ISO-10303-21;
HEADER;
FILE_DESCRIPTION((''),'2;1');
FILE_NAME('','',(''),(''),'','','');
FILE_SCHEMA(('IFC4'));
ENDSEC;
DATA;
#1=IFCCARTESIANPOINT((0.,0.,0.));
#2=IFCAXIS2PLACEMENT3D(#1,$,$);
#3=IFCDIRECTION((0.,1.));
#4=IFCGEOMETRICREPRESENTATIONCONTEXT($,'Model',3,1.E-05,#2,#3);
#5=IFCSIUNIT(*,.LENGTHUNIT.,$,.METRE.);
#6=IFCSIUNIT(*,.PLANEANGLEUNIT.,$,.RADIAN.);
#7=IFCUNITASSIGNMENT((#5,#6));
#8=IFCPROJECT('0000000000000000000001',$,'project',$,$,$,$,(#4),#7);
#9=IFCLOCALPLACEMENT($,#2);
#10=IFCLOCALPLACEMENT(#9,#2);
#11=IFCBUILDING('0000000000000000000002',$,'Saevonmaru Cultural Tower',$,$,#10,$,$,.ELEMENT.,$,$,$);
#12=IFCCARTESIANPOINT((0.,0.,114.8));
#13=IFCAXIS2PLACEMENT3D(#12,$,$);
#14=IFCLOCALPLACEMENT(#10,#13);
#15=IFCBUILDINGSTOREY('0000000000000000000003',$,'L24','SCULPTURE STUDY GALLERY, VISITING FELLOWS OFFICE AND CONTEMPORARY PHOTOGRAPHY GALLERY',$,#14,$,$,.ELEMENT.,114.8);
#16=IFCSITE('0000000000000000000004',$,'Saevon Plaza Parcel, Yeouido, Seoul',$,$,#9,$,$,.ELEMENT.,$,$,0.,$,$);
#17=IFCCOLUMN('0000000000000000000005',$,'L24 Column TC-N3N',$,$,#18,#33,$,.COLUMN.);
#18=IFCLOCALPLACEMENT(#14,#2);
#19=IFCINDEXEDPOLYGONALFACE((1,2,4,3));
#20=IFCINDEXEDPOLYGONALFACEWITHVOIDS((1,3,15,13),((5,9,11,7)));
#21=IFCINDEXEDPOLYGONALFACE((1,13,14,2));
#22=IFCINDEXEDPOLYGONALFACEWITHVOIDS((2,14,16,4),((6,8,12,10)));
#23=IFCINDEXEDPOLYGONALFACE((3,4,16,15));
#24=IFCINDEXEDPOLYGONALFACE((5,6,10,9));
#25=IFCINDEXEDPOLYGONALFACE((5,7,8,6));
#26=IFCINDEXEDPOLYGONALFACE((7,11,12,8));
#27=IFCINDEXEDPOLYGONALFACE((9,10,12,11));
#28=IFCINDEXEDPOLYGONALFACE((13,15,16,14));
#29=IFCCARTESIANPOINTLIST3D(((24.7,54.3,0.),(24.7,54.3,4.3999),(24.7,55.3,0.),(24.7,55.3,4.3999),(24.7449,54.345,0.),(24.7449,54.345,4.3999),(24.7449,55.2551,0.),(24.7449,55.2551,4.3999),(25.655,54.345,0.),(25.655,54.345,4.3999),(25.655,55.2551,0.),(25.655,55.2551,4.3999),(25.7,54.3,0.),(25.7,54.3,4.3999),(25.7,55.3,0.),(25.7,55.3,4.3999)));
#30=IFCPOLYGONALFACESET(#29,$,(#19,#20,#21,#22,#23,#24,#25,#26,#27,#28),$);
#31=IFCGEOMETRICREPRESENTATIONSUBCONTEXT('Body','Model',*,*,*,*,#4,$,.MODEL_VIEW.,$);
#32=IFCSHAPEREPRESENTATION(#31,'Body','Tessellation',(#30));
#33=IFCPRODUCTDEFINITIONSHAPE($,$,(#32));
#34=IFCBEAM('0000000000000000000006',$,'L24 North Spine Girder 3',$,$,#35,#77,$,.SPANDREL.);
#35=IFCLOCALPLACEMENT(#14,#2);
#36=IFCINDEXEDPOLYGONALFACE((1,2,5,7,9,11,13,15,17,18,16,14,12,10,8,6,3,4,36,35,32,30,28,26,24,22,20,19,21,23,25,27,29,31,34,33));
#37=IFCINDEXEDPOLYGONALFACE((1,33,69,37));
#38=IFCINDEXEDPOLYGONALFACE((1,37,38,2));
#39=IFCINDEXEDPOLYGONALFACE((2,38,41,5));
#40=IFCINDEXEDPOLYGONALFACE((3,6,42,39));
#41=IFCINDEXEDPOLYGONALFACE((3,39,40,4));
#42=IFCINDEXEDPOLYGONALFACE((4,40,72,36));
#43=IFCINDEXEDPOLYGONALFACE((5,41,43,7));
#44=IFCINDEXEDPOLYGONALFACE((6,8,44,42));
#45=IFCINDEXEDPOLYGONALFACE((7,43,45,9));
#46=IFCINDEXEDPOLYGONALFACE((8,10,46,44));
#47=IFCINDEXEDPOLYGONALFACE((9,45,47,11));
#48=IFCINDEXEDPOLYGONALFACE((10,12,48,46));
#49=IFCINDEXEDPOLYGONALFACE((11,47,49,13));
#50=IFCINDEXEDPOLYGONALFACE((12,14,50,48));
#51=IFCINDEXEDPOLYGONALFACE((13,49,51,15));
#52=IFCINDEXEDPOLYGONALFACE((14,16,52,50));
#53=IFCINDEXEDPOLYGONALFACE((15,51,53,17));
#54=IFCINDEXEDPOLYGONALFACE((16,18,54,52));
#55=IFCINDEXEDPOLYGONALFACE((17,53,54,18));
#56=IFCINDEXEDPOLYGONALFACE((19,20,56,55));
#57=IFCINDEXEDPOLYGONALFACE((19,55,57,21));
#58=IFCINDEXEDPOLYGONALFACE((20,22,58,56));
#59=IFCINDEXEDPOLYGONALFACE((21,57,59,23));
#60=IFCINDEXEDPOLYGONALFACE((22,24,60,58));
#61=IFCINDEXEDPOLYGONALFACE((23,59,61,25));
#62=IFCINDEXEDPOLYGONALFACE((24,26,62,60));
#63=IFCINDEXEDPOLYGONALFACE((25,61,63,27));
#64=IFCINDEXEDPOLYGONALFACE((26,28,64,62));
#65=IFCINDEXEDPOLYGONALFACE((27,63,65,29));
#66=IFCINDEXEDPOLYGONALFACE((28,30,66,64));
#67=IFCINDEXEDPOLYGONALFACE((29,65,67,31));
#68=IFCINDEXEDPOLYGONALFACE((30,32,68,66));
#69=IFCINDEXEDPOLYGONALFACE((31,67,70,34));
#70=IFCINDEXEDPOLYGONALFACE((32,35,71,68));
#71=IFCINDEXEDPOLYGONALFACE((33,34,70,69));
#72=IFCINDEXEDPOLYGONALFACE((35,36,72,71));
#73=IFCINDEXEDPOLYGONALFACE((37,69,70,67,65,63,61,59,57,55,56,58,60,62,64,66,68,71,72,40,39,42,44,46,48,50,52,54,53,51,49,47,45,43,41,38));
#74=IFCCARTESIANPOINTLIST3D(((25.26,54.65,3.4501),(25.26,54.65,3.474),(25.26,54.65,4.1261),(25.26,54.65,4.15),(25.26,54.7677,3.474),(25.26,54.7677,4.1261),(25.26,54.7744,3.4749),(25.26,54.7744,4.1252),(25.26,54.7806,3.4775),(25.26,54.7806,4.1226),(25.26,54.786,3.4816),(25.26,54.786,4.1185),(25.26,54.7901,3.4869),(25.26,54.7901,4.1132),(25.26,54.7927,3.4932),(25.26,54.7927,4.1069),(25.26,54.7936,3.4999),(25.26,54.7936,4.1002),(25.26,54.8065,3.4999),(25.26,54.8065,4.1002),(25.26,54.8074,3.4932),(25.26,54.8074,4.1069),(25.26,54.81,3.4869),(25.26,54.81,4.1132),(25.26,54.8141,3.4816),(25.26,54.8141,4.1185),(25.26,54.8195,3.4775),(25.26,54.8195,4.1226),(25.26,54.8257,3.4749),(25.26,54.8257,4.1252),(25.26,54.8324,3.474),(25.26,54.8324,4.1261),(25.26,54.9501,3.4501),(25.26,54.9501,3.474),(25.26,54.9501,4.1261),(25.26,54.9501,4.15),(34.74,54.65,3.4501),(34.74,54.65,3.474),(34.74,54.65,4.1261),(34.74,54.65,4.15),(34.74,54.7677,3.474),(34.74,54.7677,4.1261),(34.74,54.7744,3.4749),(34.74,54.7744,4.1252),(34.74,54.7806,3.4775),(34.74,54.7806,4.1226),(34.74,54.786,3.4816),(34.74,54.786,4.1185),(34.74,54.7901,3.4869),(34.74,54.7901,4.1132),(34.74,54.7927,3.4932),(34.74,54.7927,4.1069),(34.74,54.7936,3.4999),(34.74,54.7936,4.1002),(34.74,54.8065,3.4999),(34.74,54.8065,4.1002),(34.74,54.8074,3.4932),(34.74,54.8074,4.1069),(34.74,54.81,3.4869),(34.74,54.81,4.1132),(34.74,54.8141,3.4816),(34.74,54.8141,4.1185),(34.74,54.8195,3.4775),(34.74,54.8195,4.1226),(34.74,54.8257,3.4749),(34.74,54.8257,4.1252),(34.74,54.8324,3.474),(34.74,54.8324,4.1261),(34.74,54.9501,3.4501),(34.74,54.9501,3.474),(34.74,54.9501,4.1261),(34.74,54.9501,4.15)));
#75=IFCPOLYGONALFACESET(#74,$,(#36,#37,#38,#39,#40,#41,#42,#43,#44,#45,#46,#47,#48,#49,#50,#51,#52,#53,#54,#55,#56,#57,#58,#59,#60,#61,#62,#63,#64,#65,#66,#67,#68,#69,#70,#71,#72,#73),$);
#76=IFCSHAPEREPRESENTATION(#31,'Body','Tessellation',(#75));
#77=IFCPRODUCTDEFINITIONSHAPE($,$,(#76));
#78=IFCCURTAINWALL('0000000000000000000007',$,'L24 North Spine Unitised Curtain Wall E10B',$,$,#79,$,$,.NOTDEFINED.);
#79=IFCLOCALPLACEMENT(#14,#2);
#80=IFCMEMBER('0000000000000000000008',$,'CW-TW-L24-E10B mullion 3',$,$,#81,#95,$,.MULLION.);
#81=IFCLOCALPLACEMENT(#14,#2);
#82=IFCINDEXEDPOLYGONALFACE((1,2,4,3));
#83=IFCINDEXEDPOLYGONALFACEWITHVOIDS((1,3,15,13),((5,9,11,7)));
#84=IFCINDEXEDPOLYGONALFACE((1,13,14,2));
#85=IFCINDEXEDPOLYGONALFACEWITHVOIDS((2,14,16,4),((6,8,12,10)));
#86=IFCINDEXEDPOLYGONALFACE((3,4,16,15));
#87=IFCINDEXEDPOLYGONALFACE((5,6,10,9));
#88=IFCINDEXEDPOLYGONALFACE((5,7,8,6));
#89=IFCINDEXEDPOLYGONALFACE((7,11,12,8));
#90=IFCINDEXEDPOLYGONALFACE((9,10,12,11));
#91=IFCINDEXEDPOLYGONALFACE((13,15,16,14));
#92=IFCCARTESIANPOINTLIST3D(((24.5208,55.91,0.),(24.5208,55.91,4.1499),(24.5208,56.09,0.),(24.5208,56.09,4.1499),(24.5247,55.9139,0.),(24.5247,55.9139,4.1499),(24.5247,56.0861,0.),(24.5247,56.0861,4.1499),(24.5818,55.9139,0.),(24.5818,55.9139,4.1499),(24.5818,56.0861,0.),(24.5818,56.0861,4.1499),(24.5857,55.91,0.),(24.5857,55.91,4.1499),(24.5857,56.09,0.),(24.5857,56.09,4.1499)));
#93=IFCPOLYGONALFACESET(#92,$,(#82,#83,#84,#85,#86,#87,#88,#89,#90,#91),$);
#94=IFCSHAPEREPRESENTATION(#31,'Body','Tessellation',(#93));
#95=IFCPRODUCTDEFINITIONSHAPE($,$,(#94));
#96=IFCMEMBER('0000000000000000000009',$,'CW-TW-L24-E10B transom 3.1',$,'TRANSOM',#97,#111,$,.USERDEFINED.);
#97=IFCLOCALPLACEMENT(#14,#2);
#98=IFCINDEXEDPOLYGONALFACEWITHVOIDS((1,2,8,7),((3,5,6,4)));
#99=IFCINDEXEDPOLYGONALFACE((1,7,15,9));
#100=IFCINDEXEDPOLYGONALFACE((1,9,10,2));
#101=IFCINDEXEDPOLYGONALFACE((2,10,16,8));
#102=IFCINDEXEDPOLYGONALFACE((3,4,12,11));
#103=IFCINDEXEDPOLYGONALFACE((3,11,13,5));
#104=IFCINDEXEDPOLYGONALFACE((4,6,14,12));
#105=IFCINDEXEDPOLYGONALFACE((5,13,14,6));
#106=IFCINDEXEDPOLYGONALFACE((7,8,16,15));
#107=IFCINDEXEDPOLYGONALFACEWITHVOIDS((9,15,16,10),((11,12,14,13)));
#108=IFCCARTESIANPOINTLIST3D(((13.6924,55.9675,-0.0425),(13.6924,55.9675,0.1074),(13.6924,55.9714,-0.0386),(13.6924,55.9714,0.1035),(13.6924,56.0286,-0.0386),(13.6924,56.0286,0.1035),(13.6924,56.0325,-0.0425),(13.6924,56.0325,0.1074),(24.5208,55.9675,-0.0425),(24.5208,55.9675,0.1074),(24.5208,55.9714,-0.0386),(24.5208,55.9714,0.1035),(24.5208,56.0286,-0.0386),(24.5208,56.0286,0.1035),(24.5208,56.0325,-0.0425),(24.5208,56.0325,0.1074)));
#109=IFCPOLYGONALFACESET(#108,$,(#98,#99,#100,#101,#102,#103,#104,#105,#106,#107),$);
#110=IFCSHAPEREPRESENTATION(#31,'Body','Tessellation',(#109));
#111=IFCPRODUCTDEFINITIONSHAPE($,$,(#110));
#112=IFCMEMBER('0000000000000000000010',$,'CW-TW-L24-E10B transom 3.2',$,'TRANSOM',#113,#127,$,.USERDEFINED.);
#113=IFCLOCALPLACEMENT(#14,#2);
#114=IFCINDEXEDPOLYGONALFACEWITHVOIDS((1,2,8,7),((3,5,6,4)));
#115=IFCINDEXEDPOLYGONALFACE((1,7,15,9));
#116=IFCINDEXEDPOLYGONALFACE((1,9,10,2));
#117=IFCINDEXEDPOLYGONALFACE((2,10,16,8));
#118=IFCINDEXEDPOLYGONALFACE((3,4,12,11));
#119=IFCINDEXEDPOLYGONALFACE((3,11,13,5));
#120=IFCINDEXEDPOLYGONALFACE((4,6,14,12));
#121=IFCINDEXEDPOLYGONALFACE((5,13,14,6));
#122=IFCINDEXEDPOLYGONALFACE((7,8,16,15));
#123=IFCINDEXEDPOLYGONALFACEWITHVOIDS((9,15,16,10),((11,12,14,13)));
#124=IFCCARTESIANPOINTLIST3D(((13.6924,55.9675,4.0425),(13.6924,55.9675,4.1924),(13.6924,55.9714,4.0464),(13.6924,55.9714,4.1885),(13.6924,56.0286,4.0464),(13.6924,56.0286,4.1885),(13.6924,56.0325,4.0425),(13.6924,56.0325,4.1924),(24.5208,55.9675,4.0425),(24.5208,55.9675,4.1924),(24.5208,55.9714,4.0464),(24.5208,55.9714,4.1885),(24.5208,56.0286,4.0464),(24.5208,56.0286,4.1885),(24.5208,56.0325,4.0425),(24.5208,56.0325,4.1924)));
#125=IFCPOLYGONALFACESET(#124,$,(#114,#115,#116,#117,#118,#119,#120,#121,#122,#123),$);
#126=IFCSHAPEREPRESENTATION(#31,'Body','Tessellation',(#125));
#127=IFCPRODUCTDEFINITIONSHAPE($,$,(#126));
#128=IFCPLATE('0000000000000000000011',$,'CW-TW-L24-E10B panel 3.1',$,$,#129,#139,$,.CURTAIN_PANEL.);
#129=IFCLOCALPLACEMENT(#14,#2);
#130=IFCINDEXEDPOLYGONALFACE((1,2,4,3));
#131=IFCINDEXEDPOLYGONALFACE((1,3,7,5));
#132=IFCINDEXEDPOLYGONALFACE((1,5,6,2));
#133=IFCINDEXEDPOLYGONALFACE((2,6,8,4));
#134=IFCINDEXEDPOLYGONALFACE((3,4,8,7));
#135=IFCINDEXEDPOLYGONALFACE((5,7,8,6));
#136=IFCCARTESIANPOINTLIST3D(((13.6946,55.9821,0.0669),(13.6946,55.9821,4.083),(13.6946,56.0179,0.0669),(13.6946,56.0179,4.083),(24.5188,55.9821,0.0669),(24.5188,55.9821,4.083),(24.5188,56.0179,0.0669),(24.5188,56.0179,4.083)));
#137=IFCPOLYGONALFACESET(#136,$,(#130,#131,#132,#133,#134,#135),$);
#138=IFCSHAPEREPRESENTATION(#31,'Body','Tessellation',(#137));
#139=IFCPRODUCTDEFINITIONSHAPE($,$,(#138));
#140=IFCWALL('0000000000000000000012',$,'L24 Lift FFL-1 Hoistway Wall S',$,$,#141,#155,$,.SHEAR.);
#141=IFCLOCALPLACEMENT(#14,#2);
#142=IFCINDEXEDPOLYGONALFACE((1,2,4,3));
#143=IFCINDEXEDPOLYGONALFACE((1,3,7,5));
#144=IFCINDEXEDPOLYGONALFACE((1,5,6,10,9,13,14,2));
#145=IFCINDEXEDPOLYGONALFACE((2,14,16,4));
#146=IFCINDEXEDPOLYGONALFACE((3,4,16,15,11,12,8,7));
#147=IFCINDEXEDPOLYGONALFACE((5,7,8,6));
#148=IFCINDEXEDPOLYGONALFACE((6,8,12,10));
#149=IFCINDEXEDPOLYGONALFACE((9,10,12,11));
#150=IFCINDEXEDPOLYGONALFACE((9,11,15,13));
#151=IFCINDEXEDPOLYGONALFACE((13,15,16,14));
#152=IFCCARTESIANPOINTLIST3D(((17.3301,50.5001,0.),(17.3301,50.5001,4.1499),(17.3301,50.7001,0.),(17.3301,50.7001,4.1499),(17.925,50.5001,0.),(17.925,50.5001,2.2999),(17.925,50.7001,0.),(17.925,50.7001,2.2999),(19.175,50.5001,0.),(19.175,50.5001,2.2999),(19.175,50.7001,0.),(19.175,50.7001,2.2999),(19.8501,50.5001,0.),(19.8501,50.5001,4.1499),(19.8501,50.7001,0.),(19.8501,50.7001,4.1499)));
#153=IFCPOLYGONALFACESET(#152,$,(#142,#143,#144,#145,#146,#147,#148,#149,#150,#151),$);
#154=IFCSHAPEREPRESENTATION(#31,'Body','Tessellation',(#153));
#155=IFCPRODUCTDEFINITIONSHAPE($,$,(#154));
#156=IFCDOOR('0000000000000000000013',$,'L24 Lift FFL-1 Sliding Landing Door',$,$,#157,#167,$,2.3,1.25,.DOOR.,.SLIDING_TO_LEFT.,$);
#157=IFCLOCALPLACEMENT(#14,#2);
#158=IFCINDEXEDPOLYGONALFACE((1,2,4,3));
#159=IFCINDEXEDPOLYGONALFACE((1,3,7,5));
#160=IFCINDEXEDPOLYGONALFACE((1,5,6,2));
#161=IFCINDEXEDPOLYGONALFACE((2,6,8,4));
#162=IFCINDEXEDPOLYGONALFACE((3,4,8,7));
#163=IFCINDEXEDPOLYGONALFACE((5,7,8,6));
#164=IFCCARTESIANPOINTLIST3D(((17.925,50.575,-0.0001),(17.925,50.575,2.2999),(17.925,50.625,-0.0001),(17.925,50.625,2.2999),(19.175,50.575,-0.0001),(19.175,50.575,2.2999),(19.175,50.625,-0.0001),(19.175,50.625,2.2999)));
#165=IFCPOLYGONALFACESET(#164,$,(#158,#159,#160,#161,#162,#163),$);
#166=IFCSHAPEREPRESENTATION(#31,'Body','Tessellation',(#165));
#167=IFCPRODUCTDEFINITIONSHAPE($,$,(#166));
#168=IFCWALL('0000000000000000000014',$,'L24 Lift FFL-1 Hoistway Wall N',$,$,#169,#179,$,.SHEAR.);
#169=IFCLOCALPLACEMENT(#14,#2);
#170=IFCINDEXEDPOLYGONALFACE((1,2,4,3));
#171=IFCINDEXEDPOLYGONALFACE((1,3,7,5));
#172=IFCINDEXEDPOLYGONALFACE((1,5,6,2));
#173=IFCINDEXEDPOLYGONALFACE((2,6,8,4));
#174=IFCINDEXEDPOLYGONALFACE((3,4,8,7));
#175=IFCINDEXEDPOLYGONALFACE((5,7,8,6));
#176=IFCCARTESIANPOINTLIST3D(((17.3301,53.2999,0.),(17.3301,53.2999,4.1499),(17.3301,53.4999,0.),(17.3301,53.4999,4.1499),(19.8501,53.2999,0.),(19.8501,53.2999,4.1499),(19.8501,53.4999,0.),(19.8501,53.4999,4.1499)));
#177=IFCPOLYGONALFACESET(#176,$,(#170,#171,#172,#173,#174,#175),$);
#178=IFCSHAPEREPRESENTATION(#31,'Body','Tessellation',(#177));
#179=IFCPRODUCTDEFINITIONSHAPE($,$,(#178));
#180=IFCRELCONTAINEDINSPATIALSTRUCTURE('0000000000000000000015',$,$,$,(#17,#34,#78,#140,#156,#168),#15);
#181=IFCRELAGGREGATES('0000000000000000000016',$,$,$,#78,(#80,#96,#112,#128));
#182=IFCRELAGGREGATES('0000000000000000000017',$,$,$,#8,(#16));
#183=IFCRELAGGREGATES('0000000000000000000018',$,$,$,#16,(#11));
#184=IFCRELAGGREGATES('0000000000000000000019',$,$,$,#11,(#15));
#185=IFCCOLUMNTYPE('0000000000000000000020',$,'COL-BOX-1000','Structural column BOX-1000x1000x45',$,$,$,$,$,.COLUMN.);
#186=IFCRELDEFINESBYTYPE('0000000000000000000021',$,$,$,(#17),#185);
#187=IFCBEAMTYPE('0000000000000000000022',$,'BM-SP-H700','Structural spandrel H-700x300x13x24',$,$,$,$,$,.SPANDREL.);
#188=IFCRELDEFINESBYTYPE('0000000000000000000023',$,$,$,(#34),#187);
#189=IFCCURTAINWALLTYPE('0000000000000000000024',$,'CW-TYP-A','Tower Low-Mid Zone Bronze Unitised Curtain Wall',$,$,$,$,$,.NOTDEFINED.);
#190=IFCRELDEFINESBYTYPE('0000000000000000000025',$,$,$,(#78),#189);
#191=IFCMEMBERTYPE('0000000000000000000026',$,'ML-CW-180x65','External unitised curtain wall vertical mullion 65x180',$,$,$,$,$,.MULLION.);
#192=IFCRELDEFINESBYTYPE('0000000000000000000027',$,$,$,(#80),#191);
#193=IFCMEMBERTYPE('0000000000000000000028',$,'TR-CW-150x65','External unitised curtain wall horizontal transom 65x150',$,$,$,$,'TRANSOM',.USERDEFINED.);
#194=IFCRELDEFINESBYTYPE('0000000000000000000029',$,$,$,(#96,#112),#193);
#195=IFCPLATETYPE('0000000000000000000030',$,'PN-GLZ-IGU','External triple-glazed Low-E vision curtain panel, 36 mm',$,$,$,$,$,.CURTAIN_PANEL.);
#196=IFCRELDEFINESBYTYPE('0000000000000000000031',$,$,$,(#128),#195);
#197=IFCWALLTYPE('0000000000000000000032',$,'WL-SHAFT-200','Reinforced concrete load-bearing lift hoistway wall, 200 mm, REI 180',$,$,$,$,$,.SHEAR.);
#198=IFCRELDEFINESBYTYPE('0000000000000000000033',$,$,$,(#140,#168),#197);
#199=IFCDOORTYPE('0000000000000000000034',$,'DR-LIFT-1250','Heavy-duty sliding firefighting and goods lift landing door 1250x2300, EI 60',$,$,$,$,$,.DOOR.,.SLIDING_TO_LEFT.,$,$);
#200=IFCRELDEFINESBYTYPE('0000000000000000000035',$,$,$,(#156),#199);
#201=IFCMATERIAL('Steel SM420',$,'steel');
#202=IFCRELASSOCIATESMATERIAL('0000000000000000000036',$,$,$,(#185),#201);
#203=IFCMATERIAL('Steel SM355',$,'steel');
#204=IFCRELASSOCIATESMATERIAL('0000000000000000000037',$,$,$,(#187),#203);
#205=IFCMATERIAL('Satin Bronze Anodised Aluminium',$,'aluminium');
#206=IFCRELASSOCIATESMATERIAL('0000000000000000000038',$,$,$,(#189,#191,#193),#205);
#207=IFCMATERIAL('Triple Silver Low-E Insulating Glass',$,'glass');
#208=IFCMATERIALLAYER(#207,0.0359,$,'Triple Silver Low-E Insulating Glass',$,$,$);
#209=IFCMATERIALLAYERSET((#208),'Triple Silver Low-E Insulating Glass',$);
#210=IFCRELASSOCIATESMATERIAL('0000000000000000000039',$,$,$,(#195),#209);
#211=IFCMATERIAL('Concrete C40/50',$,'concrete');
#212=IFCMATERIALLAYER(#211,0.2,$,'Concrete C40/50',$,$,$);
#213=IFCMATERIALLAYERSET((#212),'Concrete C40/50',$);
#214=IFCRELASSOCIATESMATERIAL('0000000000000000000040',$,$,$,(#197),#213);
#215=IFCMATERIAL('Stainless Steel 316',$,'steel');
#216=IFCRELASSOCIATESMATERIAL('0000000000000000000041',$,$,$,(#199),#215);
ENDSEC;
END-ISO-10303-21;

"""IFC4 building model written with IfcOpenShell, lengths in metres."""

from ifc_helpers import new_model, si_unit, direction, frame, frame_2d, origin, origin_2d, place, context, subcontext, project, spatial, rectangle, hollow_rectangle, i_section, extrude, material, layer, layer_set, material_profile, profile_set, type_object, element, fill, aggregate, save


model = new_model("IFC4")

# Units and contexts
model_context = context("Model", 3, precision=1e-05, world=origin(), true_north=direction((0.0, 1.0)))
body_context = subcontext(model_context, "Body", "Model", "MODEL_VIEW")
ifc_project = project(units=[si_unit("LENGTHUNIT", "METRE"), si_unit("PLANEANGLEUNIT", "RADIAN")], contexts=[model_context])

# Site, building, storey
site_placement = place(None, origin())
site = spatial("IfcSite", under=ifc_project, at=site_placement, Name="Saevon Plaza Parcel, Yeouido, Seoul", CompositionType="ELEMENT", RefElevation=0.0)
building_placement = place(site_placement, origin())
building = spatial("IfcBuilding", under=site, at=building_placement, Name="Saevonmaru Cultural Tower", CompositionType="ELEMENT")
storey_placement = place(building_placement, frame((0.0, 0.0, 114.8)))
storey = spatial("IfcBuildingStorey", under=building, at=storey_placement, Name="L24", Description="SCULPTURE STUDY GALLERY, VISITING FELLOWS OFFICE AND CONTEMPORARY PHOTOGRAPHY GALLERY", CompositionType="ELEMENT", Elevation=114.8)

# Column
ifc_material_1 = material(Name="Steel SM420", Category="steel")
ifc_material_profile_1 = material_profile(ifc_material_1, hollow_rectangle(XDim=1.0, YDim=1.0, WallThickness=0.0449, at=origin_2d()), Name="BOX-1000x1000x45")
ifc_profile_set_1 = profile_set([ifc_material_profile_1], Name="Steel SM420")
column_type = type_object("IfcColumnType", Name="COL-BOX-1000", Description="Structural column BOX-1000x1000x45", PredefinedType="COLUMN", material=ifc_profile_set_1)
column_placement = place(storey_placement, frame((25.2, 54.8, 0.0), z_axis=(0.0, 0.0, 1.0), x_axis=(1.0, 0.0, 0.0)))
element("IfcColumn", 1, at=column_placement, inside=storey, type_object=column_type, Name="L24 Column TC-N3N", PredefinedType="COLUMN", context=body_context, shape_type="SweptSolid", body=[
    extrude(hollow_rectangle(XDim=1.0, YDim=1.0, WallThickness=0.0449, at=origin_2d()), origin(), (0.0, 0.0, 1.0), 4.3999),
])

# Beam
ifc_material_2 = material(Name="Steel SM355", Category="steel")
ifc_material_profile_2 = material_profile(ifc_material_2, i_section(OverallWidth=0.3, OverallDepth=0.7, WebThickness=0.0129, FlangeThickness=0.0239, FilletRadius=0.0259, at=origin_2d()), Name="H-700x300x13x24")
ifc_profile_set_2 = profile_set([ifc_material_profile_2], Name="Steel SM355")
beam_type = type_object("IfcBeamType", Name="BM-SP-H700", Description="Structural spandrel H-700x300x13x24", PredefinedType="SPANDREL", material=ifc_profile_set_2)
beam_placement = place(storey_placement, frame((25.26, 54.8, 3.8), z_axis=(1.0, 0.0, 0.0), x_axis=(0.0, 1.0, 0.0)))
element("IfcBeam", 2, at=beam_placement, inside=storey, type_object=beam_type, Name="L24 North Spine Girder 3", PredefinedType="SPANDREL", context=body_context, shape_type="SweptSolid", body=[
    extrude(i_section(OverallWidth=0.3, OverallDepth=0.7, WebThickness=0.0129, FlangeThickness=0.0239, FilletRadius=0.0259, at=origin_2d()), origin(), (0.0, 0.0, 1.0), 9.48),
])

# Curtain wall, members, plate
ifc_material_3 = material(Name="Satin Bronze Anodised Aluminium", Category="aluminium")
curtain_wall_type = type_object("IfcCurtainWallType", Name="CW-TYP-A", Description="Tower Low-Mid Zone Bronze Unitised Curtain Wall", PredefinedType="NOTDEFINED", material=ifc_material_3)
curtain_wall_placement = place(storey_placement, origin())
curtain_wall = element("IfcCurtainWall", 3, at=curtain_wall_placement, inside=storey, type_object=curtain_wall_type, Name="L24 North Spine Unitised Curtain Wall E10B", PredefinedType="NOTDEFINED")
ifc_material_profile_3 = material_profile(ifc_material_3, hollow_rectangle(XDim=0.0649, YDim=0.1799, WallThickness=0.0039, at=origin_2d()), Name="ALU-MULL-180x65x4")
ifc_profile_set_3 = profile_set([ifc_material_profile_3], Name="Satin Bronze Anodised Aluminium")
member_type_1 = type_object("IfcMemberType", Name="ML-CW-180x65", Description="External unitised curtain wall vertical mullion 65x180", PredefinedType="MULLION", material=ifc_profile_set_3)
member_1_placement = place(storey_placement, frame((24.5532, 56.0, 0.0), z_axis=(0.0, 0.0, 1.0), x_axis=(-1.0, 0.0, 0.0)))
member_1 = element("IfcMember", 4, at=member_1_placement, type_object=member_type_1, Name="CW-TW-L24-E10B mullion 3", PredefinedType="MULLION", context=body_context, shape_type="SweptSolid", body=[
    extrude(hollow_rectangle(XDim=0.0649, YDim=0.1799, WallThickness=0.0039, at=origin_2d()), origin(), (0.0, 0.0, 1.0), 4.1499),
])
ifc_material_profile_4 = material_profile(ifc_material_3, hollow_rectangle(XDim=0.0649, YDim=0.1499, WallThickness=0.0039, at=origin_2d()), Name="ALU-TRAN-150x65x4")
ifc_profile_set_4 = profile_set([ifc_material_profile_4], Name="Satin Bronze Anodised Aluminium")
member_type_2 = type_object("IfcMemberType", Name="TR-CW-150x65", Description="External unitised curtain wall horizontal transom 65x150", ElementType="TRANSOM", PredefinedType="USERDEFINED", material=ifc_profile_set_4)
member_2_placement = place(storey_placement, frame((24.5208, 56.0, 0.0325), z_axis=(-1.0, 0.0, 0.0), x_axis=(0.0, -1.0, 0.0)))
member_2 = element("IfcMember", 5, at=member_2_placement, type_object=member_type_2, Name="CW-TW-L24-E10B transom 3.1", ObjectType="TRANSOM", PredefinedType="USERDEFINED", context=body_context, shape_type="SweptSolid", body=[
    extrude(hollow_rectangle(XDim=0.0649, YDim=0.1499, WallThickness=0.0039, at=origin_2d()), origin(), (0.0, 0.0, 1.0), 10.8284),
])
member_3_placement = place(storey_placement, frame((24.5208, 56.0, 4.1174), z_axis=(-1.0, 0.0, 0.0), x_axis=(0.0, -1.0, 0.0)))
member_3 = element("IfcMember", 6, at=member_3_placement, type_object=member_type_2, Name="CW-TW-L24-E10B transom 3.2", ObjectType="TRANSOM", PredefinedType="USERDEFINED", context=body_context, shape_type="SweptSolid", body=[
    extrude(hollow_rectangle(XDim=0.0649, YDim=0.1499, WallThickness=0.0039, at=origin_2d()), origin(), (0.0, 0.0, 1.0), 10.8284),
])
ifc_material_4 = material(Name="Triple Silver Low-E Insulating Glass", Category="glass")
ifc_layer_1 = layer(ifc_material_4, 0.0359, Name="Triple Silver Low-E Insulating Glass")
ifc_layer_set_1 = layer_set([ifc_layer_1], Name="Triple Silver Low-E Insulating Glass")
plate_type = type_object("IfcPlateType", Name="PN-GLZ-IGU", Description="External triple-glazed Low-E vision curtain panel, 36 mm", PredefinedType="CURTAIN_PANEL", material=ifc_layer_set_1)
plate_placement = place(storey_placement, frame((19.1067, 56.0, 0.0669), z_axis=(0.0, 0.0, 1.0), x_axis=(-1.0, 0.0, 0.0)))
plate = element("IfcPlate", 7, at=plate_placement, type_object=plate_type, Name="CW-TW-L24-E10B panel 3.1", PredefinedType="CURTAIN_PANEL", context=body_context, shape_type="SweptSolid", body=[
    extrude(rectangle(XDim=10.8242, YDim=0.0359, at=origin_2d()), origin(), (0.0, 0.0, 1.0), 4.0161),
])
aggregate(curtain_wall, [member_1, member_2, member_3, plate])

# Wall, opening, door
ifc_material_5 = material(Name="Concrete C40/50", Category="concrete")
ifc_layer_2 = layer(ifc_material_5, 0.2, Name="Concrete C40/50")
ifc_layer_set_2 = layer_set([ifc_layer_2], Name="Concrete C40/50")
wall_type = type_object("IfcWallType", Name="WL-SHAFT-200", Description="Reinforced concrete load-bearing lift hoistway wall, 200 mm, REI 180", PredefinedType="SHEAR", material=ifc_layer_set_2)
wall_1_placement = place(storey_placement, frame((17.3301, 50.6001, 0.0), z_axis=(0.0, 0.0, 1.0), x_axis=(1.0, 0.0, 0.0)))
wall_1 = element("IfcWall", 8, at=wall_1_placement, inside=storey, type_object=wall_type, Name="L24 Lift FFL-1 Hoistway Wall S", PredefinedType="SHEAR", context=body_context, shape_type="SweptSolid", body=[
    extrude(rectangle(XDim=2.52, YDim=0.2, at=frame_2d((1.26, 0.0))), origin(), (0.0, 0.0, 1.0), 4.1499),
])
opening_1_placement = place(wall_1_placement, frame((0.595, 0.0, 0.0)))
opening_1 = element("IfcOpeningElement", 9, at=opening_1_placement, cuts=wall_1, PredefinedType="OPENING", context=body_context, shape_type="SweptSolid", body=[
    extrude(rectangle(XDim=1.25, YDim=2.3, at=frame_2d((0.625, 1.1499))), frame((0.0, 0.1099, 0.0), z_axis=(0.0, -1.0, 0.0), x_axis=(1.0, 0.0, 0.0)), (0.0, 0.0, 1.0), 0.22),
])
ifc_material_6 = material(Name="Stainless Steel 316", Category="steel")
door_type_1 = type_object("IfcDoorType", Name="DR-LIFT-1250", Description="Heavy-duty sliding firefighting and goods lift landing door 1250x2300, EI 60", OperationType="SLIDING_TO_LEFT", PredefinedType="DOOR", material=ifc_material_6)
door_1_placement = place(opening_1_placement, origin())
door_1 = element("IfcDoor", 10, at=door_1_placement, inside=storey, type_object=door_type_1, Name="L24 Lift FFL-1 Sliding Landing Door", OperationType="SLIDING_TO_LEFT", OverallHeight=2.3, OverallWidth=1.25, PredefinedType="DOOR", context=body_context, shape_type="SweptSolid", body=[
    extrude(rectangle(XDim=1.25, YDim=2.3, at=frame_2d((0.625, 1.1499))), frame((0.0, 0.0249, 0.0), z_axis=(0.0, -1.0, 0.0), x_axis=(1.0, 0.0, 0.0)), (0.0, 0.0, 1.0), 0.05),
])
fill(opening_1, door_1)

# Wall
wall_2_placement = place(storey_placement, frame((17.3301, 53.3999, 0.0), z_axis=(0.0, 0.0, 1.0), x_axis=(1.0, 0.0, 0.0)))
element("IfcWall", 11, at=wall_2_placement, inside=storey, type_object=wall_type, Name="L24 Lift FFL-1 Hoistway Wall N", PredefinedType="SHEAR", context=body_context, shape_type="SweptSolid", body=[
    extrude(rectangle(XDim=2.52, YDim=0.2, at=frame_2d((1.26, 0.0))), origin(), (0.0, 0.0, 1.0), 4.1499),
])

save(model, "model.ifc")
